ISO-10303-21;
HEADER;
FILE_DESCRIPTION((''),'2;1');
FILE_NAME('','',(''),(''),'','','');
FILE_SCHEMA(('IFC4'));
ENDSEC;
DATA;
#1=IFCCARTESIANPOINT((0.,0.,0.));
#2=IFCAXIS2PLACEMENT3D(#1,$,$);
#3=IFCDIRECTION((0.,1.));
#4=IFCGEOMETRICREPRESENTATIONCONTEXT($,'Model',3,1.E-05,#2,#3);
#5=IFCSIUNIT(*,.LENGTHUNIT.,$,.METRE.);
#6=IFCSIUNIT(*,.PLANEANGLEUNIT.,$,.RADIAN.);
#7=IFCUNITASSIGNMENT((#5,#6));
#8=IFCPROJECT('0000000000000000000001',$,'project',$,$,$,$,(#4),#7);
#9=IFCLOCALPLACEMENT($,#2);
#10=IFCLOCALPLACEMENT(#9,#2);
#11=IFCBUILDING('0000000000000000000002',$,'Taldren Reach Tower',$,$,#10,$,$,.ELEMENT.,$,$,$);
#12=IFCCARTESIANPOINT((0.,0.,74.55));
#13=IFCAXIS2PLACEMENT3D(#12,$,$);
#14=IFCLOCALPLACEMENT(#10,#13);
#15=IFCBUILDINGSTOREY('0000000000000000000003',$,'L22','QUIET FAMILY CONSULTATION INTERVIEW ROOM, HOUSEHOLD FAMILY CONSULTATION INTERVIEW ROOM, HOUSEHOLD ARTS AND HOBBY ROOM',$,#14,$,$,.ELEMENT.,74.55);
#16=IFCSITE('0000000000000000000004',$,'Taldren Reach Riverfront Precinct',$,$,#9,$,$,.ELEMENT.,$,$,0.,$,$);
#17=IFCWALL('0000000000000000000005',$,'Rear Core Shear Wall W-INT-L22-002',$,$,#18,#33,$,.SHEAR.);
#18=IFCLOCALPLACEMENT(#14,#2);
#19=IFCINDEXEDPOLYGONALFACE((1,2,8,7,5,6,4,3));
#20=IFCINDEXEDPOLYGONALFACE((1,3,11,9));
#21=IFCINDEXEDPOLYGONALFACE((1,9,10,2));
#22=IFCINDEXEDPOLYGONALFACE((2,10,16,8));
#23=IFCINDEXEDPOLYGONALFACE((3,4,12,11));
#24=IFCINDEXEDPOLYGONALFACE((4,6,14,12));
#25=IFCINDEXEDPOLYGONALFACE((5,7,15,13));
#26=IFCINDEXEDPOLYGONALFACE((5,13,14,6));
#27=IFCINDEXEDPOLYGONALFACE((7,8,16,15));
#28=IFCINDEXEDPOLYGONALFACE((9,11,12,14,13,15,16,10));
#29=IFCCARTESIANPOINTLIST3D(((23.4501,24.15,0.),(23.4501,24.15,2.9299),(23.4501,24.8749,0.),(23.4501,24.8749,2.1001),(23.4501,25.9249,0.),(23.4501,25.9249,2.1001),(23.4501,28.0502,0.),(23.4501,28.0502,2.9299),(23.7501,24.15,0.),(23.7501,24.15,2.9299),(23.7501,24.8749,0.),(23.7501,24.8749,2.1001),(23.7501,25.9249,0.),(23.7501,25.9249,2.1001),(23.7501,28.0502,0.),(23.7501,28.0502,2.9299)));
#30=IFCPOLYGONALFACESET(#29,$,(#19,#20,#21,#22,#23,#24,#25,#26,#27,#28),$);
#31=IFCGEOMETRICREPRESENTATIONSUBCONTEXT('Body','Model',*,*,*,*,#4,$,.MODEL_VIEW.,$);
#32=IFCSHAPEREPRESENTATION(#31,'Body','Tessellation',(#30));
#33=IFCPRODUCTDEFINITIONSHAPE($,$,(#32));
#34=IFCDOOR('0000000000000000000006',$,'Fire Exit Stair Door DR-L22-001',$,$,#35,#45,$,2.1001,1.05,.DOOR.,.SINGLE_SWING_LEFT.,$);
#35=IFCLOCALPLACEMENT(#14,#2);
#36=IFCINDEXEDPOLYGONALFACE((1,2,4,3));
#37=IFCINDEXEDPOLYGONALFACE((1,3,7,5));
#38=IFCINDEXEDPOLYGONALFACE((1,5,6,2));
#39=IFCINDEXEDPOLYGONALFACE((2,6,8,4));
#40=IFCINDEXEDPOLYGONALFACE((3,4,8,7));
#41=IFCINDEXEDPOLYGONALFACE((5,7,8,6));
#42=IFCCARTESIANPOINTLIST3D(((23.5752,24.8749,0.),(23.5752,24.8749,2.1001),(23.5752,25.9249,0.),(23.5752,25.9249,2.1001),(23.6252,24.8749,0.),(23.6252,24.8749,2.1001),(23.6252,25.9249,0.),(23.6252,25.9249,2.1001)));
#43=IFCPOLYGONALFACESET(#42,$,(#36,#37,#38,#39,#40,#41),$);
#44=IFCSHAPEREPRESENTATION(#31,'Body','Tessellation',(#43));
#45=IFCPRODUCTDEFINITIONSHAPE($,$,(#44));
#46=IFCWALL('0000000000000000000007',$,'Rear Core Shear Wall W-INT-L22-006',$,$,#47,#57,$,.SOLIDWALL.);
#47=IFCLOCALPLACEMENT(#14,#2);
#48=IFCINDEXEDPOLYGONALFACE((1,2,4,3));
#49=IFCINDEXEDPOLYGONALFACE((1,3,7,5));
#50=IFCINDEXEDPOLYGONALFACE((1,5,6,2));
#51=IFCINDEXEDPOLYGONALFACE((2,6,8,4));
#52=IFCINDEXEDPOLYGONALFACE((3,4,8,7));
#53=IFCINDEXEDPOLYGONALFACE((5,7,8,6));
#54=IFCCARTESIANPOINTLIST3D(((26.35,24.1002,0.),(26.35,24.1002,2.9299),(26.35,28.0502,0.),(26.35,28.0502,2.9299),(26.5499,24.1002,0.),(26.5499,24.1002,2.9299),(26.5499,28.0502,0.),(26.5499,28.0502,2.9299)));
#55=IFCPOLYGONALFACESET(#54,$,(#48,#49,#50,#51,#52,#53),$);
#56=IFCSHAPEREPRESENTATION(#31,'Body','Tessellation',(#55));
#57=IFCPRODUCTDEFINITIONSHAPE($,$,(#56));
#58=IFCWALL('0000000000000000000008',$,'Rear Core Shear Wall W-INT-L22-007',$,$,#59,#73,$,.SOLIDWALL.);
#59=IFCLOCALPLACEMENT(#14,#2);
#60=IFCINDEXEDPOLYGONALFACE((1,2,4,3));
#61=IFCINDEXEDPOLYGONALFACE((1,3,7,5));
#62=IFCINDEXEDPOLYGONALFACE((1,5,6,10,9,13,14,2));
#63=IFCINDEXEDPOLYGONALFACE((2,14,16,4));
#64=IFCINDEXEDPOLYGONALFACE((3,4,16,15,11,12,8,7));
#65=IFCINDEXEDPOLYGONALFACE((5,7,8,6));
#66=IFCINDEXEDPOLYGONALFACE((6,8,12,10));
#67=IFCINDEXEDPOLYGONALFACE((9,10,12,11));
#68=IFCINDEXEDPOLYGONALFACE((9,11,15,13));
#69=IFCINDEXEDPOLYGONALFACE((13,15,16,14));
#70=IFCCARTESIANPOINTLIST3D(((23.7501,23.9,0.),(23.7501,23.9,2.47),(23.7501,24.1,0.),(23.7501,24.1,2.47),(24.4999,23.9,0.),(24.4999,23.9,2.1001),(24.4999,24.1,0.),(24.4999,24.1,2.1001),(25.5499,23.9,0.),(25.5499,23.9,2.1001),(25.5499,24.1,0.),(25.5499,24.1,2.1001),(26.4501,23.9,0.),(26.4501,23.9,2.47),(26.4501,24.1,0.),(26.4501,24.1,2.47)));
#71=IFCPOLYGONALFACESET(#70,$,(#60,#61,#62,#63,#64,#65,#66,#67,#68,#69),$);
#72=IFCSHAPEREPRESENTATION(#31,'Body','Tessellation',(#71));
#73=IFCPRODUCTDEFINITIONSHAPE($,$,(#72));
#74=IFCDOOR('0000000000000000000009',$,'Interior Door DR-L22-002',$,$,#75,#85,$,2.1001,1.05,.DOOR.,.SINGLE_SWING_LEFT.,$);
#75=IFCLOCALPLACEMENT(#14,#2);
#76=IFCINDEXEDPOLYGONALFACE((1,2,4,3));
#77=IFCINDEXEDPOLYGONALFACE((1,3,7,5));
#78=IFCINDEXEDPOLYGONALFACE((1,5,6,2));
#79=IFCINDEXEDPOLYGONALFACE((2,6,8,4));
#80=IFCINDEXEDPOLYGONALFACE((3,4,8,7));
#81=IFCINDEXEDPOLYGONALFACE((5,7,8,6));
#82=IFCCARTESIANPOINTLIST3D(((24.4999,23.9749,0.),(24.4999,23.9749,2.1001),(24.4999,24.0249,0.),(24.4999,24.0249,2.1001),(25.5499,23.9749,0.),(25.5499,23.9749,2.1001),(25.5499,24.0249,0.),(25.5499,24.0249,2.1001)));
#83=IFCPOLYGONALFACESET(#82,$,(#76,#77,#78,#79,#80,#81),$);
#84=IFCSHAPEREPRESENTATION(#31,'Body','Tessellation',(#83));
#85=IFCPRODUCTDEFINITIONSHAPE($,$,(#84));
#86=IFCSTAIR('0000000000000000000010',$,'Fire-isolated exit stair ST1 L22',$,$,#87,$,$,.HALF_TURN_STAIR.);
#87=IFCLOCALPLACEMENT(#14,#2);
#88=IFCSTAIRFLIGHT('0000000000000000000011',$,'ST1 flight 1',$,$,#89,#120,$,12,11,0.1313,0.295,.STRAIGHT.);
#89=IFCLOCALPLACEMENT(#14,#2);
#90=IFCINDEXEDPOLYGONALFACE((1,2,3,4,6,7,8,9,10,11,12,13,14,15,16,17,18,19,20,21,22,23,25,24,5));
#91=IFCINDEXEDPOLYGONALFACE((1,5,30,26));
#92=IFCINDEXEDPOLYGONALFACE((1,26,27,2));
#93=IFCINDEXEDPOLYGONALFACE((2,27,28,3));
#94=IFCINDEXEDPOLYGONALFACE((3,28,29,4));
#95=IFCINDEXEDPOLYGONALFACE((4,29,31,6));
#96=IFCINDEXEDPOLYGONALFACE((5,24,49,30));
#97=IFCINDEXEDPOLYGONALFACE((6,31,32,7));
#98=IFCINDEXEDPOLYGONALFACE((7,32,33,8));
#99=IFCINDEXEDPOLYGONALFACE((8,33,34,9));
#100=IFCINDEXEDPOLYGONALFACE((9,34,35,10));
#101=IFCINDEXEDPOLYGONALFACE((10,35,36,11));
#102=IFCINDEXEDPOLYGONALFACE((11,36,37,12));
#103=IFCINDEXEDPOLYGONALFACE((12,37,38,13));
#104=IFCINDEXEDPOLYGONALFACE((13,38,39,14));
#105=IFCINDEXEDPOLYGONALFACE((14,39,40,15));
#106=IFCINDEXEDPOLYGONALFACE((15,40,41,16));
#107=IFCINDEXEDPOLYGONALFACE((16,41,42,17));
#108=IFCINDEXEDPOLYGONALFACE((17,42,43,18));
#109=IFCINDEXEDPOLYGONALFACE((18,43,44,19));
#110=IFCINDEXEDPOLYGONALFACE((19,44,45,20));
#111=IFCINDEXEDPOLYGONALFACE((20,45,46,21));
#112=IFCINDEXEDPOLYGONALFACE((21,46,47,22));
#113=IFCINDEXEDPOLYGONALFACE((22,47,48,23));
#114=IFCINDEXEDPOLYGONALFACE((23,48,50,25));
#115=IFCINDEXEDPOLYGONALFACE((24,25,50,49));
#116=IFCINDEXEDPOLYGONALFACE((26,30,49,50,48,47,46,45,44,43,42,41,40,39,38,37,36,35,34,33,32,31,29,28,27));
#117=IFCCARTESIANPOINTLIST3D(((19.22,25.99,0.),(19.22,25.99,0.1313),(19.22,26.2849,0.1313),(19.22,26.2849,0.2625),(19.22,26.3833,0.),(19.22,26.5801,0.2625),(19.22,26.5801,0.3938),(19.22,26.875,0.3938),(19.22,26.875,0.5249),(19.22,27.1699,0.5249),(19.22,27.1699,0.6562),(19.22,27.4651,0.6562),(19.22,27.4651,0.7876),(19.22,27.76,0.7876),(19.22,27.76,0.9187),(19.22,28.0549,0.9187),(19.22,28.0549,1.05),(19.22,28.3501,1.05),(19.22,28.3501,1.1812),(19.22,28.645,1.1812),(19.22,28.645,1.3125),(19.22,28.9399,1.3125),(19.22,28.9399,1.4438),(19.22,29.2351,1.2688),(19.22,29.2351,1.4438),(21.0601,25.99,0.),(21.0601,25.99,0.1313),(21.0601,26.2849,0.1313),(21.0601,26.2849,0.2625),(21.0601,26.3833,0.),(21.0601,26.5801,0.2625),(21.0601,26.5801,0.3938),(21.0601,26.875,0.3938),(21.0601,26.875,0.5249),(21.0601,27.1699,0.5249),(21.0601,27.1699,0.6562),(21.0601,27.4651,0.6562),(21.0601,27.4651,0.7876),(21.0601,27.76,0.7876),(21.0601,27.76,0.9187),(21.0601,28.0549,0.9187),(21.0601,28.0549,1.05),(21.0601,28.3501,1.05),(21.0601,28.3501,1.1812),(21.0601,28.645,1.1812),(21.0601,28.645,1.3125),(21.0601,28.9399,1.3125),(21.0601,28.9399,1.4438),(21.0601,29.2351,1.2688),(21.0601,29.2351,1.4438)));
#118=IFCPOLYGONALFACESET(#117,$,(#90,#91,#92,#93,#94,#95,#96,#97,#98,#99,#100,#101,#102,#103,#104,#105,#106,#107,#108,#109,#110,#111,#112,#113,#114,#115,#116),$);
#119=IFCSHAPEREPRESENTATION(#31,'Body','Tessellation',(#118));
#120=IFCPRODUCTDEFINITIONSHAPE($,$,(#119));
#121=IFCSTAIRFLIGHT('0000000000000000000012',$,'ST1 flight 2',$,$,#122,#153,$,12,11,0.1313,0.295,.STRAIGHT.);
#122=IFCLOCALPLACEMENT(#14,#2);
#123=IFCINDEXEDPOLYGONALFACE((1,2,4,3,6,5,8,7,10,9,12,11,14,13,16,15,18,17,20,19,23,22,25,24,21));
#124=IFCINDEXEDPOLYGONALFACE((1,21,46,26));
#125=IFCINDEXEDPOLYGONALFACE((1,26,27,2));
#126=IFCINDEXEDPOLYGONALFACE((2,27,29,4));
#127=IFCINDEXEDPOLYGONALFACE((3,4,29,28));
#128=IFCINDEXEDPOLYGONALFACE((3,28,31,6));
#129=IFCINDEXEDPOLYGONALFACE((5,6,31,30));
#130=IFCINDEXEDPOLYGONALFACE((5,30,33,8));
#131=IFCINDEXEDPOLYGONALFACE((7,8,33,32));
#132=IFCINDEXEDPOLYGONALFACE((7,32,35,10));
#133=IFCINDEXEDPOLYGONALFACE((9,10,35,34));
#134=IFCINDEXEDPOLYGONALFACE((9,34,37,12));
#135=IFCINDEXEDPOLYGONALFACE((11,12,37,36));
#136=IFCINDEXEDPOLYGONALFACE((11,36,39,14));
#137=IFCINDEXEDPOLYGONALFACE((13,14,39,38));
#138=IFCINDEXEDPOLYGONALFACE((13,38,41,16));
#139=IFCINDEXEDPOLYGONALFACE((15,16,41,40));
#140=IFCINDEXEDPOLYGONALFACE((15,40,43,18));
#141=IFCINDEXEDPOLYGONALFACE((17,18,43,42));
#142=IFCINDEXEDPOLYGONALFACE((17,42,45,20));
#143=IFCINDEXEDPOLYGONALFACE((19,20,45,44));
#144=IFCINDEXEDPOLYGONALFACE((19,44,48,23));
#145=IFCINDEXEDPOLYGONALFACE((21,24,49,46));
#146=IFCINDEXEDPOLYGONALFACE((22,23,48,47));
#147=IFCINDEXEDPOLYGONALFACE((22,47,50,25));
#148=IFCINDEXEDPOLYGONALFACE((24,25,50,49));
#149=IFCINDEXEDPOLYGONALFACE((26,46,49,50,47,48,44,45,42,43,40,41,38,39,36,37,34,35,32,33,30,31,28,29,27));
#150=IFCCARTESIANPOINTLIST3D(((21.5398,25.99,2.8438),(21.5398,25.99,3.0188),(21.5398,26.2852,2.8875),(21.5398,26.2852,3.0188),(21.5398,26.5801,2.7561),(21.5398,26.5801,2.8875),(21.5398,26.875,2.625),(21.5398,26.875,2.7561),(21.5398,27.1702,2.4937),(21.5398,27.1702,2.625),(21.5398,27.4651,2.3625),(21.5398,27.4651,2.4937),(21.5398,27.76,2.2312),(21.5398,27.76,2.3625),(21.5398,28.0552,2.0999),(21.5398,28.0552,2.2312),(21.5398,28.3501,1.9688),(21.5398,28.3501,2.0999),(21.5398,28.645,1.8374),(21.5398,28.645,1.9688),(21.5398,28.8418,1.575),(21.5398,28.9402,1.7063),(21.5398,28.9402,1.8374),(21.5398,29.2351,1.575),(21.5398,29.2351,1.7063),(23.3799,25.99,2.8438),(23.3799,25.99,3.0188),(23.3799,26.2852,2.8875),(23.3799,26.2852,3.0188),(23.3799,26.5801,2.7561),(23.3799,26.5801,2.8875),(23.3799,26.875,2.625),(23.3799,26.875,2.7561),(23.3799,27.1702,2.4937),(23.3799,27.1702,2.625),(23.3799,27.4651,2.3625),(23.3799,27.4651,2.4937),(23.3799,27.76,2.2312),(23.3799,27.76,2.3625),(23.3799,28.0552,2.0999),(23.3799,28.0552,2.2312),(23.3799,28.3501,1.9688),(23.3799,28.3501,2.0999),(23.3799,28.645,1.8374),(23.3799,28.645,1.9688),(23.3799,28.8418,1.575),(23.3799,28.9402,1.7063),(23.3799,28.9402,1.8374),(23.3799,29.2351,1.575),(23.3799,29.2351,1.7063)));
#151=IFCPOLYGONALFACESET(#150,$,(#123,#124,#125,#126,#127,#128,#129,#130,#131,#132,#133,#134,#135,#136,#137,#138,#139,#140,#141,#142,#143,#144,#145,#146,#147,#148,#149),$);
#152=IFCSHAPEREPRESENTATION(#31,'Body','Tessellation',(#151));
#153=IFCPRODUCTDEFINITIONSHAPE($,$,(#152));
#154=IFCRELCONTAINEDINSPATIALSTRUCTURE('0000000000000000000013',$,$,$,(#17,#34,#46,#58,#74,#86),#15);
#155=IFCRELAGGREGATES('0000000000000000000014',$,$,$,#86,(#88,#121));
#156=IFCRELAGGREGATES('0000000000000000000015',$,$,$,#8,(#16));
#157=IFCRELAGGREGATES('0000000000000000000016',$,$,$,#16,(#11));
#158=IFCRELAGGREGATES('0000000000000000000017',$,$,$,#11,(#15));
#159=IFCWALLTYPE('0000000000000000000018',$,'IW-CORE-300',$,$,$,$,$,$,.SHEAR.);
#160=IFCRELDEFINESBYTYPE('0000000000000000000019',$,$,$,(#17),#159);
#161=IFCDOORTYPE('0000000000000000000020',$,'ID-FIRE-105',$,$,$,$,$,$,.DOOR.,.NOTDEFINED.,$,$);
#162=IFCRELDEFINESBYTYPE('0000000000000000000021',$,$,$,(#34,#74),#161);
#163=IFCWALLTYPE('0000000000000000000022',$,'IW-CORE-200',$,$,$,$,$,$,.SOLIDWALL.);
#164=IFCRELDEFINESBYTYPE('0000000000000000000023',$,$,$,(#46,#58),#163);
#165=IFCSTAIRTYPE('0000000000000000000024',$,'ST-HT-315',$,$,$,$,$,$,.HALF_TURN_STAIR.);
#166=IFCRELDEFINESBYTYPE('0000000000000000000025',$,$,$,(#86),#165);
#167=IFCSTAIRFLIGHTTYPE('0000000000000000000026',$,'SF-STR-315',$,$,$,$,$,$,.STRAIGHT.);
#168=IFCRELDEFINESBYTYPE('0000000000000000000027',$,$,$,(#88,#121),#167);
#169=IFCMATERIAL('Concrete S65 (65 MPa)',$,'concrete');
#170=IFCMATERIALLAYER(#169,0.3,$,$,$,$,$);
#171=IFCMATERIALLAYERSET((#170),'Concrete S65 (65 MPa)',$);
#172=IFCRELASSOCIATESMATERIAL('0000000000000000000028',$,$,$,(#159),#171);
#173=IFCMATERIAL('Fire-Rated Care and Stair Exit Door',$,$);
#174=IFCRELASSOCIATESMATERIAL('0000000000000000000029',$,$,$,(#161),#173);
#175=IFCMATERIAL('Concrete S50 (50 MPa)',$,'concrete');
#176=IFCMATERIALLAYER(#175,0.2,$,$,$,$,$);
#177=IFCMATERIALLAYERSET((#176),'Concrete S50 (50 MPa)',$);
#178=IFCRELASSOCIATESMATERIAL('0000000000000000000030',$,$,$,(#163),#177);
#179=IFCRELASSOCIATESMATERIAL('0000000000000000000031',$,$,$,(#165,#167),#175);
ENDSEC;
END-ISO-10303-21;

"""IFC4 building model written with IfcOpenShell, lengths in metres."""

from ifc_helpers import new_model, si_unit, direction, frame, frame_2d, origin, place, context, subcontext, project, spatial, polyline, rectangle, outline, extrude, source, transform, mapped, material, layer, layer_set, type_object, element, fill, aggregate, save


model = new_model("IFC4")

# Units and contexts
model_context = context("Model", 3, precision=1e-05, world=origin(), true_north=direction((0.0, 1.0)))
body_context = subcontext(model_context, "Body", "Model", "MODEL_VIEW")
ifc_project = project(units=[si_unit("LENGTHUNIT", "METRE"), si_unit("PLANEANGLEUNIT", "RADIAN")], contexts=[model_context])

# Site, building, storey
site_placement = place(None, origin())
site = spatial("IfcSite", under=ifc_project, at=site_placement, Name="Taldren Reach Riverfront Precinct", CompositionType="ELEMENT", RefElevation=0.0)
building_placement = place(site_placement, origin())
building = spatial("IfcBuilding", under=site, at=building_placement, Name="Taldren Reach Tower", CompositionType="ELEMENT")
storey_placement = place(building_placement, frame((0.0, 0.0, 74.55)))
storey = spatial("IfcBuildingStorey", under=building, at=storey_placement, Name="L22", Description="QUIET FAMILY CONSULTATION INTERVIEW ROOM, HOUSEHOLD FAMILY CONSULTATION INTERVIEW ROOM, HOUSEHOLD ARTS AND HOBBY ROOM", CompositionType="ELEMENT", Elevation=74.55)

# Shared definitions
ifc_material_1 = material(Name="Concrete S65 (65 MPa)", Category="concrete")

# Shared definitions
ifc_layer_1 = layer(ifc_material_1, 0.3)
ifc_layer_set_1 = layer_set([ifc_layer_1], Name="Concrete S65 (65 MPa)")
wall_type_1 = type_object("IfcWallType", Name="IW-CORE-300", PredefinedType="SHEAR", material=ifc_layer_set_1)

# Wall, opening, door
shared_shape_1 = source(origin(), body_context, "Body", "SweptSolid", [
    extrude(rectangle(XDim=3.9001, YDim=0.3, at=frame_2d((1.9502, 0.0))), origin(), (0.0, 0.0, 1.0), 2.9299),
])
wall_1_placement = place(storey_placement, frame((23.6001, 24.1499, 0.0), z_axis=(0.0, 0.0, 1.0), x_axis=(0.0, 1.0, 0.0)))
wall_1 = element("IfcWall", 1, at=wall_1_placement, inside=storey, type_object=wall_type_1, Name="Rear Core Shear Wall W-INT-L22-002", PredefinedType="SHEAR", context=body_context, shape_type="MappedRepresentation", body=[
    mapped(shared_shape_1, transform((0.0, 0.0, 0.0), scale=1.0)),
])
shared_shape_2 = source(origin(), body_context, "Body", "SweptSolid", [
    extrude(rectangle(XDim=1.05, YDim=2.1001, at=frame_2d((0.5249, 1.05))), frame((0.0, 0.1602, 0.0), z_axis=(0.0, -1.0, 0.0), x_axis=(1.0, 0.0, 0.0)), (0.0, 0.0, 1.0), 0.3201),
])
opening_1_placement = place(wall_1_placement, frame((0.7251, 0.0, 0.0)))
opening_1 = element("IfcOpeningElement", 2, at=opening_1_placement, cuts=wall_1, PredefinedType="OPENING", context=body_context, shape_type="MappedRepresentation", body=[
    mapped(shared_shape_2, transform((0.0, 0.0, 0.0), scale=1.0)),
])
ifc_material_2 = material(Name="Fire-Rated Care and Stair Exit Door")
door_type_1 = type_object("IfcDoorType", Name="ID-FIRE-105", OperationType="NOTDEFINED", PredefinedType="DOOR", material=ifc_material_2)
shared_shape_3 = source(origin(), body_context, "Body", "SweptSolid", [
    extrude(rectangle(XDim=1.05, YDim=2.1001, at=frame_2d((0.5249, 1.05))), frame((0.0, 0.0249, 0.0), z_axis=(0.0, -1.0, 0.0), x_axis=(1.0, 0.0, 0.0)), (0.0, 0.0, 1.0), 0.05),
])
door_1_placement = place(opening_1_placement, origin())
door_1 = element("IfcDoor", 3, at=door_1_placement, inside=storey, type_object=door_type_1, Name="Fire Exit Stair Door DR-L22-001", OperationType="SINGLE_SWING_LEFT", OverallHeight=2.1001, OverallWidth=1.05, PredefinedType="DOOR", context=body_context, shape_type="MappedRepresentation", body=[
    mapped(shared_shape_3, transform((0.0, 0.0, 0.0), scale=1.0)),
])
fill(opening_1, door_1)

# Wall
ifc_material_3 = material(Name="Concrete S50 (50 MPa)", Category="concrete")
ifc_layer_2 = layer(ifc_material_3, 0.2)
ifc_layer_set_2 = layer_set([ifc_layer_2], Name="Concrete S50 (50 MPa)")
wall_type_2 = type_object("IfcWallType", Name="IW-CORE-200", PredefinedType="SOLIDWALL", material=ifc_layer_set_2)
shared_shape_4 = source(origin(), body_context, "Body", "SweptSolid", [
    extrude(rectangle(XDim=3.95, YDim=0.2, at=frame_2d((1.9751, 0.0))), origin(), (0.0, 0.0, 1.0), 2.9299),
])
wall_2_placement = place(storey_placement, frame((26.45, 24.1001, 0.0), z_axis=(0.0, 0.0, 1.0), x_axis=(0.0, 1.0, 0.0)))
element("IfcWall", 4, at=wall_2_placement, inside=storey, type_object=wall_type_2, Name="Rear Core Shear Wall W-INT-L22-006", PredefinedType="SOLIDWALL", context=body_context, shape_type="MappedRepresentation", body=[
    mapped(shared_shape_4, transform((0.0, 0.0, 0.0), scale=1.0)),
])

# Wall, opening, door
shared_shape_5 = source(origin(), body_context, "Body", "SweptSolid", [
    extrude(rectangle(XDim=2.7, YDim=0.2, at=frame_2d((1.3501, 0.0))), origin(), (0.0, 0.0, 1.0), 2.47),
])
wall_3_placement = place(storey_placement, frame((23.75, 24.0, 0.0), z_axis=(0.0, 0.0, 1.0), x_axis=(1.0, 0.0, 0.0)))
wall_3 = element("IfcWall", 5, at=wall_3_placement, inside=storey, type_object=wall_type_2, Name="Rear Core Shear Wall W-INT-L22-007", PredefinedType="SOLIDWALL", context=body_context, shape_type="MappedRepresentation", body=[
    mapped(shared_shape_5, transform((0.0, 0.0, 0.0), scale=1.0)),
])
shared_shape_6 = source(origin(), body_context, "Body", "SweptSolid", [
    extrude(rectangle(XDim=1.05, YDim=2.1001, at=frame_2d((0.5249, 1.05))), frame((0.0, 0.1099, 0.0), z_axis=(0.0, -1.0, 0.0), x_axis=(1.0, 0.0, 0.0)), (0.0, 0.0, 1.0), 0.22),
])
opening_2_placement = place(wall_3_placement, frame((0.75, 0.0, 0.0)))
opening_2 = element("IfcOpeningElement", 6, at=opening_2_placement, cuts=wall_3, PredefinedType="OPENING", context=body_context, shape_type="MappedRepresentation", body=[
    mapped(shared_shape_6, transform((0.0, 0.0, 0.0), scale=1.0)),
])
door_2_placement = place(opening_2_placement, origin())
door_2 = element("IfcDoor", 7, at=door_2_placement, inside=storey, type_object=door_type_1, Name="Interior Door DR-L22-002", OperationType="SINGLE_SWING_LEFT", OverallHeight=2.1001, OverallWidth=1.05, PredefinedType="DOOR", context=body_context, shape_type="MappedRepresentation", body=[
    mapped(shared_shape_3, transform((0.0, 0.0, 0.0), scale=1.0)),
])
fill(opening_2, door_2)

# Stair, stair flights
stair_type = type_object("IfcStairType", Name="ST-HT-315", PredefinedType="HALF_TURN_STAIR", material=ifc_material_3)
stair_placement = place(storey_placement, origin())
stair = element("IfcStair", 8, at=stair_placement, inside=storey, type_object=stair_type, Name="Fire-isolated exit stair ST1 L22", PredefinedType="HALF_TURN_STAIR")
stair_flight_type = type_object("IfcStairFlightType", Name="SF-STR-315", PredefinedType="STRAIGHT", material=ifc_material_3)
stair_flight_1_placement = place(storey_placement, frame((20.1399, 25.99, 0.0), z_axis=(0.0, 0.0, 1.0), x_axis=(0.0, 1.0, 0.0)))
stair_flight_1 = element("IfcStairFlight", 9, at=stair_flight_1_placement, type_object=stair_flight_type, Name="ST1 flight 1", NumberOfRisers=12, NumberOfTreads=11, PredefinedType="STRAIGHT", RiserHeight=0.1313, TreadLength=0.295, context=body_context, shape_type="SweptSolid", body=[
    extrude(outline(polyline([(0.0, 0.0), (0.0, 0.1313), (0.2949, 0.1313), (0.2949, 0.2625), (0.5901, 0.2625), (0.5901, 0.3938), (0.885, 0.3938), (0.885, 0.5249), (1.1799, 0.5249), (1.1799, 0.6562), (1.4751, 0.6562), (1.4751, 0.7876), (1.77, 0.7876), (1.77, 0.9187), (2.0649, 0.9187), (2.0649, 1.05), (2.3601, 1.05), (2.3601, 1.1812), (2.655, 1.1812), (2.655, 1.3125), (2.95, 1.3125), (2.95, 1.4438), (3.2451, 1.4438), (3.2451, 1.575), (3.2451, 1.2688), (0.3933, 0.0), (0.0, 0.0)])), frame((0.0, 0.9199, 0.0), z_axis=(0.0, -1.0, 0.0), x_axis=(1.0, 0.0, 0.0)), (0.0, 0.0, 1.0), 1.8401),
])
stair_flight_2_placement = place(storey_placement, frame((22.46, 29.2351, 1.575), z_axis=(0.0, 0.0, 1.0), x_axis=(0.0, -1.0, 0.0)))
stair_flight_2 = element("IfcStairFlight", 10, at=stair_flight_2_placement, type_object=stair_flight_type, Name="ST1 flight 2", NumberOfRisers=12, NumberOfTreads=11, PredefinedType="STRAIGHT", RiserHeight=0.1313, TreadLength=0.295, context=body_context, shape_type="SweptSolid", body=[
    extrude(outline(polyline([(0.0, 0.0), (0.0, 0.1313), (0.2949, 0.1313), (0.2949, 0.2625), (0.5901, 0.2625), (0.5901, 0.3938), (0.885, 0.3938), (0.885, 0.5249), (1.1799, 0.5249), (1.1799, 0.6562), (1.4751, 0.6562), (1.4751, 0.7876), (1.77, 0.7876), (1.77, 0.9187), (2.0649, 0.9187), (2.0649, 1.05), (2.3601, 1.05), (2.3601, 1.1812), (2.655, 1.1812), (2.655, 1.3125), (2.95, 1.3125), (2.95, 1.4438), (3.2451, 1.4438), (3.2451, 1.575), (3.2451, 1.2688), (0.3933, 0.0), (0.0, 0.0)])), frame((0.0, 0.9199, 0.0), z_axis=(0.0, -1.0, 0.0), x_axis=(1.0, 0.0, 0.0)), (0.0, 0.0, 1.0), 1.8401),
])
aggregate(stair, [stair_flight_1, stair_flight_2])

save(model, "model.ifc")
